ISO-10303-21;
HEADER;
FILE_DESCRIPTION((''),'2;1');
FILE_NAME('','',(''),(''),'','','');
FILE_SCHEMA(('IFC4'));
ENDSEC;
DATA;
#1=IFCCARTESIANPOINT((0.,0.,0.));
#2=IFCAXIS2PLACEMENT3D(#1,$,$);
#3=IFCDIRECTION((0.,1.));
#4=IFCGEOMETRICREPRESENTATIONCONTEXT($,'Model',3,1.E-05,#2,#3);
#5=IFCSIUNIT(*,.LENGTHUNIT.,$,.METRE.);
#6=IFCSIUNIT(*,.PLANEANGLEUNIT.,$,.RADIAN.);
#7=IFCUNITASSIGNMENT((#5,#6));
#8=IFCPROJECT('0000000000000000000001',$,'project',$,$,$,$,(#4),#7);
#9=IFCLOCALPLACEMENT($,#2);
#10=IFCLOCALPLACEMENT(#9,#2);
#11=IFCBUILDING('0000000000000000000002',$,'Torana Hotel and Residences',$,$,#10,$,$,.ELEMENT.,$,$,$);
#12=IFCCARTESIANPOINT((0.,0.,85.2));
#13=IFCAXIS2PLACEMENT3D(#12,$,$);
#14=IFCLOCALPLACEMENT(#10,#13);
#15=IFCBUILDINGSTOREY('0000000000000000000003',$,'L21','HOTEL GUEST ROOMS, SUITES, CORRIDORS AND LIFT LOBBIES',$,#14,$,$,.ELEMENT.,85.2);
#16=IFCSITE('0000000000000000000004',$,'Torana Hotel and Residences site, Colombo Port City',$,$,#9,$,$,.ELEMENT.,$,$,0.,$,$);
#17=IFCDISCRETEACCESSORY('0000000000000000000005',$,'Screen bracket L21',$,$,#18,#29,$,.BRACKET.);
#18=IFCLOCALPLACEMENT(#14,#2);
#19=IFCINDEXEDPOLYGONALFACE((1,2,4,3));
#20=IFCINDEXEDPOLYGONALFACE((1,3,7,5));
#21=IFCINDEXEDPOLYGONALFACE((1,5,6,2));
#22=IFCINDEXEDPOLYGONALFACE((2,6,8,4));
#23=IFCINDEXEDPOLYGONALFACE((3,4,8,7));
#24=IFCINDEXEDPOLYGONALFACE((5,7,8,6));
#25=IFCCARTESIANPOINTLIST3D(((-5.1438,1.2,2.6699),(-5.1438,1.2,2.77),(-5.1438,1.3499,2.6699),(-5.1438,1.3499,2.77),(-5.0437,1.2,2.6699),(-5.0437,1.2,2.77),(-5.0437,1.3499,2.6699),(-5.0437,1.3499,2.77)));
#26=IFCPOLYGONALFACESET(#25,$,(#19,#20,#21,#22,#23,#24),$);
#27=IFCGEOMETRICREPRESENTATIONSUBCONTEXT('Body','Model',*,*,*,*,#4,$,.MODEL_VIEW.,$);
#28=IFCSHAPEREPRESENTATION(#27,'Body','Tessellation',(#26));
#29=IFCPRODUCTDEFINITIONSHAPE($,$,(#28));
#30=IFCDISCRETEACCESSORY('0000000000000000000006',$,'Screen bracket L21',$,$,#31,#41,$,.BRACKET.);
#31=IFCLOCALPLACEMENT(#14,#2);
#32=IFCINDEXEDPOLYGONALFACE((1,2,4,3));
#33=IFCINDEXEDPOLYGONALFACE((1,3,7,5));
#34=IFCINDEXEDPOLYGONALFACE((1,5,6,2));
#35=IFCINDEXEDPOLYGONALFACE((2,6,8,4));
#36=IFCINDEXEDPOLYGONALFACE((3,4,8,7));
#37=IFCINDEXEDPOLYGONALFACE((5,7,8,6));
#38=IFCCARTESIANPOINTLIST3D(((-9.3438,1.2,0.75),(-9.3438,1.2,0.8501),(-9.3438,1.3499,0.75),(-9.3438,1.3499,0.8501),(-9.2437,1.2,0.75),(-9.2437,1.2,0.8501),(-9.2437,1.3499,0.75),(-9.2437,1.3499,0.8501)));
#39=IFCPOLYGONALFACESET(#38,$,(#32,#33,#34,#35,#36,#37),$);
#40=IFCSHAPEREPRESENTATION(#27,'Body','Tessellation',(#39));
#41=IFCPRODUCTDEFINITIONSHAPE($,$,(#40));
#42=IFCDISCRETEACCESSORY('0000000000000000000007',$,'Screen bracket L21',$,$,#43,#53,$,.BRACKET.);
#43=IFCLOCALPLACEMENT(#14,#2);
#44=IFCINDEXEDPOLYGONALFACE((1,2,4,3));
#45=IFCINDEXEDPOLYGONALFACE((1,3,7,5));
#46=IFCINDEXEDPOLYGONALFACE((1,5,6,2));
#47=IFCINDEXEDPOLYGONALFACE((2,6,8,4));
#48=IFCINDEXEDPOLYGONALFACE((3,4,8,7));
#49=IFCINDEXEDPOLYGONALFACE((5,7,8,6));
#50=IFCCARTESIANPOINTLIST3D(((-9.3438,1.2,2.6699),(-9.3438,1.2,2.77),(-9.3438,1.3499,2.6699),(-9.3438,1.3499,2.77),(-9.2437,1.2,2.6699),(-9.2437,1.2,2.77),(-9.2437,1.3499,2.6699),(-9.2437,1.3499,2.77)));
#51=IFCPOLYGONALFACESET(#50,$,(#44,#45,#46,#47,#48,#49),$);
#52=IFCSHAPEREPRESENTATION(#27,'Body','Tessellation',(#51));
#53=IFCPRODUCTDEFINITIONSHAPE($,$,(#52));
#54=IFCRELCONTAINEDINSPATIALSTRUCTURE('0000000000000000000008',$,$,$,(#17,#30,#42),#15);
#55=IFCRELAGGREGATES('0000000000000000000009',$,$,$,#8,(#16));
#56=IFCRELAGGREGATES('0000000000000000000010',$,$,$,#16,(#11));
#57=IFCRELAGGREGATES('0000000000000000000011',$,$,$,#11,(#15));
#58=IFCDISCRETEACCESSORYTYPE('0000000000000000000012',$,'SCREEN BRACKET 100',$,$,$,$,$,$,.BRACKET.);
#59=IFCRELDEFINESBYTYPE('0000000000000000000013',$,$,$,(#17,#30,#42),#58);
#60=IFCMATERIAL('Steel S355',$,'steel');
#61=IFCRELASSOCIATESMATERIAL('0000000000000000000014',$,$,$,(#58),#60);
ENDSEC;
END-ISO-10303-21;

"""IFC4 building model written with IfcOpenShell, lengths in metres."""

from ifc_helpers import new_model, si_unit, direction, frame, origin, origin_2d, place, context, subcontext, project, spatial, rectangle, extrude, material, type_object, element, save


model = new_model("IFC4")

# Units and contexts
model_context = context("Model", 3, precision=1e-05, world=origin(), true_north=direction((0.0, 1.0)))
body_context = subcontext(model_context, "Body", "Model", "MODEL_VIEW")
ifc_project = project(units=[si_unit("LENGTHUNIT", "METRE"), si_unit("PLANEANGLEUNIT", "RADIAN")], contexts=[model_context])

# Site, building, storey
site_placement = place(None, origin())
site = spatial("IfcSite", under=ifc_project, at=site_placement, Name="Torana Hotel and Residences site, Colombo Port City", CompositionType="ELEMENT", RefElevation=0.0)
building_placement = place(site_placement, origin())
building = spatial("IfcBuilding", under=site, at=building_placement, Name="Torana Hotel and Residences", CompositionType="ELEMENT")
storey_placement = place(building_placement, frame((0.0, 0.0, 85.2)))
storey = spatial("IfcBuildingStorey", under=building, at=storey_placement, Name="L21", Description="HOTEL GUEST ROOMS, SUITES, CORRIDORS AND LIFT LOBBIES", CompositionType="ELEMENT", Elevation=85.2)

# Discrete accessories
ifc_material_1 = material(Name="Steel S355", Category="steel")
discrete_accessory_type = type_object("IfcDiscreteAccessoryType", Name="SCREEN BRACKET 100", PredefinedType="BRACKET", material=ifc_material_1)
for number, where, z_axis, x_axis, name in (
    (1, (-5.0938, 1.2749, 2.6699), (0.0, 0.0, 1.0), (-1.0, 0.0, 0.0), "Screen bracket L21"),
    (2, (-9.2937, 1.2749, 0.75), (0.0, 0.0, 1.0), (-1.0, 0.0, 0.0), "Screen bracket L21"),
    (3, (-9.2937, 1.2749, 2.6699), (0.0, 0.0, 1.0), (-1.0, 0.0, 0.0), "Screen bracket L21"),
):
    element("IfcDiscreteAccessory", number, at=place(storey_placement, frame(where, z_axis=z_axis, x_axis=x_axis)), inside=storey, type_object=discrete_accessory_type, Name=name, PredefinedType="BRACKET", context=body_context, shape_type="SweptSolid", body=[
        extrude(rectangle(XDim=0.1001, YDim=0.1499, at=origin_2d()), origin(), (0.0, 0.0, 1.0), 0.1001),
    ])

save(model, "model.ifc")
